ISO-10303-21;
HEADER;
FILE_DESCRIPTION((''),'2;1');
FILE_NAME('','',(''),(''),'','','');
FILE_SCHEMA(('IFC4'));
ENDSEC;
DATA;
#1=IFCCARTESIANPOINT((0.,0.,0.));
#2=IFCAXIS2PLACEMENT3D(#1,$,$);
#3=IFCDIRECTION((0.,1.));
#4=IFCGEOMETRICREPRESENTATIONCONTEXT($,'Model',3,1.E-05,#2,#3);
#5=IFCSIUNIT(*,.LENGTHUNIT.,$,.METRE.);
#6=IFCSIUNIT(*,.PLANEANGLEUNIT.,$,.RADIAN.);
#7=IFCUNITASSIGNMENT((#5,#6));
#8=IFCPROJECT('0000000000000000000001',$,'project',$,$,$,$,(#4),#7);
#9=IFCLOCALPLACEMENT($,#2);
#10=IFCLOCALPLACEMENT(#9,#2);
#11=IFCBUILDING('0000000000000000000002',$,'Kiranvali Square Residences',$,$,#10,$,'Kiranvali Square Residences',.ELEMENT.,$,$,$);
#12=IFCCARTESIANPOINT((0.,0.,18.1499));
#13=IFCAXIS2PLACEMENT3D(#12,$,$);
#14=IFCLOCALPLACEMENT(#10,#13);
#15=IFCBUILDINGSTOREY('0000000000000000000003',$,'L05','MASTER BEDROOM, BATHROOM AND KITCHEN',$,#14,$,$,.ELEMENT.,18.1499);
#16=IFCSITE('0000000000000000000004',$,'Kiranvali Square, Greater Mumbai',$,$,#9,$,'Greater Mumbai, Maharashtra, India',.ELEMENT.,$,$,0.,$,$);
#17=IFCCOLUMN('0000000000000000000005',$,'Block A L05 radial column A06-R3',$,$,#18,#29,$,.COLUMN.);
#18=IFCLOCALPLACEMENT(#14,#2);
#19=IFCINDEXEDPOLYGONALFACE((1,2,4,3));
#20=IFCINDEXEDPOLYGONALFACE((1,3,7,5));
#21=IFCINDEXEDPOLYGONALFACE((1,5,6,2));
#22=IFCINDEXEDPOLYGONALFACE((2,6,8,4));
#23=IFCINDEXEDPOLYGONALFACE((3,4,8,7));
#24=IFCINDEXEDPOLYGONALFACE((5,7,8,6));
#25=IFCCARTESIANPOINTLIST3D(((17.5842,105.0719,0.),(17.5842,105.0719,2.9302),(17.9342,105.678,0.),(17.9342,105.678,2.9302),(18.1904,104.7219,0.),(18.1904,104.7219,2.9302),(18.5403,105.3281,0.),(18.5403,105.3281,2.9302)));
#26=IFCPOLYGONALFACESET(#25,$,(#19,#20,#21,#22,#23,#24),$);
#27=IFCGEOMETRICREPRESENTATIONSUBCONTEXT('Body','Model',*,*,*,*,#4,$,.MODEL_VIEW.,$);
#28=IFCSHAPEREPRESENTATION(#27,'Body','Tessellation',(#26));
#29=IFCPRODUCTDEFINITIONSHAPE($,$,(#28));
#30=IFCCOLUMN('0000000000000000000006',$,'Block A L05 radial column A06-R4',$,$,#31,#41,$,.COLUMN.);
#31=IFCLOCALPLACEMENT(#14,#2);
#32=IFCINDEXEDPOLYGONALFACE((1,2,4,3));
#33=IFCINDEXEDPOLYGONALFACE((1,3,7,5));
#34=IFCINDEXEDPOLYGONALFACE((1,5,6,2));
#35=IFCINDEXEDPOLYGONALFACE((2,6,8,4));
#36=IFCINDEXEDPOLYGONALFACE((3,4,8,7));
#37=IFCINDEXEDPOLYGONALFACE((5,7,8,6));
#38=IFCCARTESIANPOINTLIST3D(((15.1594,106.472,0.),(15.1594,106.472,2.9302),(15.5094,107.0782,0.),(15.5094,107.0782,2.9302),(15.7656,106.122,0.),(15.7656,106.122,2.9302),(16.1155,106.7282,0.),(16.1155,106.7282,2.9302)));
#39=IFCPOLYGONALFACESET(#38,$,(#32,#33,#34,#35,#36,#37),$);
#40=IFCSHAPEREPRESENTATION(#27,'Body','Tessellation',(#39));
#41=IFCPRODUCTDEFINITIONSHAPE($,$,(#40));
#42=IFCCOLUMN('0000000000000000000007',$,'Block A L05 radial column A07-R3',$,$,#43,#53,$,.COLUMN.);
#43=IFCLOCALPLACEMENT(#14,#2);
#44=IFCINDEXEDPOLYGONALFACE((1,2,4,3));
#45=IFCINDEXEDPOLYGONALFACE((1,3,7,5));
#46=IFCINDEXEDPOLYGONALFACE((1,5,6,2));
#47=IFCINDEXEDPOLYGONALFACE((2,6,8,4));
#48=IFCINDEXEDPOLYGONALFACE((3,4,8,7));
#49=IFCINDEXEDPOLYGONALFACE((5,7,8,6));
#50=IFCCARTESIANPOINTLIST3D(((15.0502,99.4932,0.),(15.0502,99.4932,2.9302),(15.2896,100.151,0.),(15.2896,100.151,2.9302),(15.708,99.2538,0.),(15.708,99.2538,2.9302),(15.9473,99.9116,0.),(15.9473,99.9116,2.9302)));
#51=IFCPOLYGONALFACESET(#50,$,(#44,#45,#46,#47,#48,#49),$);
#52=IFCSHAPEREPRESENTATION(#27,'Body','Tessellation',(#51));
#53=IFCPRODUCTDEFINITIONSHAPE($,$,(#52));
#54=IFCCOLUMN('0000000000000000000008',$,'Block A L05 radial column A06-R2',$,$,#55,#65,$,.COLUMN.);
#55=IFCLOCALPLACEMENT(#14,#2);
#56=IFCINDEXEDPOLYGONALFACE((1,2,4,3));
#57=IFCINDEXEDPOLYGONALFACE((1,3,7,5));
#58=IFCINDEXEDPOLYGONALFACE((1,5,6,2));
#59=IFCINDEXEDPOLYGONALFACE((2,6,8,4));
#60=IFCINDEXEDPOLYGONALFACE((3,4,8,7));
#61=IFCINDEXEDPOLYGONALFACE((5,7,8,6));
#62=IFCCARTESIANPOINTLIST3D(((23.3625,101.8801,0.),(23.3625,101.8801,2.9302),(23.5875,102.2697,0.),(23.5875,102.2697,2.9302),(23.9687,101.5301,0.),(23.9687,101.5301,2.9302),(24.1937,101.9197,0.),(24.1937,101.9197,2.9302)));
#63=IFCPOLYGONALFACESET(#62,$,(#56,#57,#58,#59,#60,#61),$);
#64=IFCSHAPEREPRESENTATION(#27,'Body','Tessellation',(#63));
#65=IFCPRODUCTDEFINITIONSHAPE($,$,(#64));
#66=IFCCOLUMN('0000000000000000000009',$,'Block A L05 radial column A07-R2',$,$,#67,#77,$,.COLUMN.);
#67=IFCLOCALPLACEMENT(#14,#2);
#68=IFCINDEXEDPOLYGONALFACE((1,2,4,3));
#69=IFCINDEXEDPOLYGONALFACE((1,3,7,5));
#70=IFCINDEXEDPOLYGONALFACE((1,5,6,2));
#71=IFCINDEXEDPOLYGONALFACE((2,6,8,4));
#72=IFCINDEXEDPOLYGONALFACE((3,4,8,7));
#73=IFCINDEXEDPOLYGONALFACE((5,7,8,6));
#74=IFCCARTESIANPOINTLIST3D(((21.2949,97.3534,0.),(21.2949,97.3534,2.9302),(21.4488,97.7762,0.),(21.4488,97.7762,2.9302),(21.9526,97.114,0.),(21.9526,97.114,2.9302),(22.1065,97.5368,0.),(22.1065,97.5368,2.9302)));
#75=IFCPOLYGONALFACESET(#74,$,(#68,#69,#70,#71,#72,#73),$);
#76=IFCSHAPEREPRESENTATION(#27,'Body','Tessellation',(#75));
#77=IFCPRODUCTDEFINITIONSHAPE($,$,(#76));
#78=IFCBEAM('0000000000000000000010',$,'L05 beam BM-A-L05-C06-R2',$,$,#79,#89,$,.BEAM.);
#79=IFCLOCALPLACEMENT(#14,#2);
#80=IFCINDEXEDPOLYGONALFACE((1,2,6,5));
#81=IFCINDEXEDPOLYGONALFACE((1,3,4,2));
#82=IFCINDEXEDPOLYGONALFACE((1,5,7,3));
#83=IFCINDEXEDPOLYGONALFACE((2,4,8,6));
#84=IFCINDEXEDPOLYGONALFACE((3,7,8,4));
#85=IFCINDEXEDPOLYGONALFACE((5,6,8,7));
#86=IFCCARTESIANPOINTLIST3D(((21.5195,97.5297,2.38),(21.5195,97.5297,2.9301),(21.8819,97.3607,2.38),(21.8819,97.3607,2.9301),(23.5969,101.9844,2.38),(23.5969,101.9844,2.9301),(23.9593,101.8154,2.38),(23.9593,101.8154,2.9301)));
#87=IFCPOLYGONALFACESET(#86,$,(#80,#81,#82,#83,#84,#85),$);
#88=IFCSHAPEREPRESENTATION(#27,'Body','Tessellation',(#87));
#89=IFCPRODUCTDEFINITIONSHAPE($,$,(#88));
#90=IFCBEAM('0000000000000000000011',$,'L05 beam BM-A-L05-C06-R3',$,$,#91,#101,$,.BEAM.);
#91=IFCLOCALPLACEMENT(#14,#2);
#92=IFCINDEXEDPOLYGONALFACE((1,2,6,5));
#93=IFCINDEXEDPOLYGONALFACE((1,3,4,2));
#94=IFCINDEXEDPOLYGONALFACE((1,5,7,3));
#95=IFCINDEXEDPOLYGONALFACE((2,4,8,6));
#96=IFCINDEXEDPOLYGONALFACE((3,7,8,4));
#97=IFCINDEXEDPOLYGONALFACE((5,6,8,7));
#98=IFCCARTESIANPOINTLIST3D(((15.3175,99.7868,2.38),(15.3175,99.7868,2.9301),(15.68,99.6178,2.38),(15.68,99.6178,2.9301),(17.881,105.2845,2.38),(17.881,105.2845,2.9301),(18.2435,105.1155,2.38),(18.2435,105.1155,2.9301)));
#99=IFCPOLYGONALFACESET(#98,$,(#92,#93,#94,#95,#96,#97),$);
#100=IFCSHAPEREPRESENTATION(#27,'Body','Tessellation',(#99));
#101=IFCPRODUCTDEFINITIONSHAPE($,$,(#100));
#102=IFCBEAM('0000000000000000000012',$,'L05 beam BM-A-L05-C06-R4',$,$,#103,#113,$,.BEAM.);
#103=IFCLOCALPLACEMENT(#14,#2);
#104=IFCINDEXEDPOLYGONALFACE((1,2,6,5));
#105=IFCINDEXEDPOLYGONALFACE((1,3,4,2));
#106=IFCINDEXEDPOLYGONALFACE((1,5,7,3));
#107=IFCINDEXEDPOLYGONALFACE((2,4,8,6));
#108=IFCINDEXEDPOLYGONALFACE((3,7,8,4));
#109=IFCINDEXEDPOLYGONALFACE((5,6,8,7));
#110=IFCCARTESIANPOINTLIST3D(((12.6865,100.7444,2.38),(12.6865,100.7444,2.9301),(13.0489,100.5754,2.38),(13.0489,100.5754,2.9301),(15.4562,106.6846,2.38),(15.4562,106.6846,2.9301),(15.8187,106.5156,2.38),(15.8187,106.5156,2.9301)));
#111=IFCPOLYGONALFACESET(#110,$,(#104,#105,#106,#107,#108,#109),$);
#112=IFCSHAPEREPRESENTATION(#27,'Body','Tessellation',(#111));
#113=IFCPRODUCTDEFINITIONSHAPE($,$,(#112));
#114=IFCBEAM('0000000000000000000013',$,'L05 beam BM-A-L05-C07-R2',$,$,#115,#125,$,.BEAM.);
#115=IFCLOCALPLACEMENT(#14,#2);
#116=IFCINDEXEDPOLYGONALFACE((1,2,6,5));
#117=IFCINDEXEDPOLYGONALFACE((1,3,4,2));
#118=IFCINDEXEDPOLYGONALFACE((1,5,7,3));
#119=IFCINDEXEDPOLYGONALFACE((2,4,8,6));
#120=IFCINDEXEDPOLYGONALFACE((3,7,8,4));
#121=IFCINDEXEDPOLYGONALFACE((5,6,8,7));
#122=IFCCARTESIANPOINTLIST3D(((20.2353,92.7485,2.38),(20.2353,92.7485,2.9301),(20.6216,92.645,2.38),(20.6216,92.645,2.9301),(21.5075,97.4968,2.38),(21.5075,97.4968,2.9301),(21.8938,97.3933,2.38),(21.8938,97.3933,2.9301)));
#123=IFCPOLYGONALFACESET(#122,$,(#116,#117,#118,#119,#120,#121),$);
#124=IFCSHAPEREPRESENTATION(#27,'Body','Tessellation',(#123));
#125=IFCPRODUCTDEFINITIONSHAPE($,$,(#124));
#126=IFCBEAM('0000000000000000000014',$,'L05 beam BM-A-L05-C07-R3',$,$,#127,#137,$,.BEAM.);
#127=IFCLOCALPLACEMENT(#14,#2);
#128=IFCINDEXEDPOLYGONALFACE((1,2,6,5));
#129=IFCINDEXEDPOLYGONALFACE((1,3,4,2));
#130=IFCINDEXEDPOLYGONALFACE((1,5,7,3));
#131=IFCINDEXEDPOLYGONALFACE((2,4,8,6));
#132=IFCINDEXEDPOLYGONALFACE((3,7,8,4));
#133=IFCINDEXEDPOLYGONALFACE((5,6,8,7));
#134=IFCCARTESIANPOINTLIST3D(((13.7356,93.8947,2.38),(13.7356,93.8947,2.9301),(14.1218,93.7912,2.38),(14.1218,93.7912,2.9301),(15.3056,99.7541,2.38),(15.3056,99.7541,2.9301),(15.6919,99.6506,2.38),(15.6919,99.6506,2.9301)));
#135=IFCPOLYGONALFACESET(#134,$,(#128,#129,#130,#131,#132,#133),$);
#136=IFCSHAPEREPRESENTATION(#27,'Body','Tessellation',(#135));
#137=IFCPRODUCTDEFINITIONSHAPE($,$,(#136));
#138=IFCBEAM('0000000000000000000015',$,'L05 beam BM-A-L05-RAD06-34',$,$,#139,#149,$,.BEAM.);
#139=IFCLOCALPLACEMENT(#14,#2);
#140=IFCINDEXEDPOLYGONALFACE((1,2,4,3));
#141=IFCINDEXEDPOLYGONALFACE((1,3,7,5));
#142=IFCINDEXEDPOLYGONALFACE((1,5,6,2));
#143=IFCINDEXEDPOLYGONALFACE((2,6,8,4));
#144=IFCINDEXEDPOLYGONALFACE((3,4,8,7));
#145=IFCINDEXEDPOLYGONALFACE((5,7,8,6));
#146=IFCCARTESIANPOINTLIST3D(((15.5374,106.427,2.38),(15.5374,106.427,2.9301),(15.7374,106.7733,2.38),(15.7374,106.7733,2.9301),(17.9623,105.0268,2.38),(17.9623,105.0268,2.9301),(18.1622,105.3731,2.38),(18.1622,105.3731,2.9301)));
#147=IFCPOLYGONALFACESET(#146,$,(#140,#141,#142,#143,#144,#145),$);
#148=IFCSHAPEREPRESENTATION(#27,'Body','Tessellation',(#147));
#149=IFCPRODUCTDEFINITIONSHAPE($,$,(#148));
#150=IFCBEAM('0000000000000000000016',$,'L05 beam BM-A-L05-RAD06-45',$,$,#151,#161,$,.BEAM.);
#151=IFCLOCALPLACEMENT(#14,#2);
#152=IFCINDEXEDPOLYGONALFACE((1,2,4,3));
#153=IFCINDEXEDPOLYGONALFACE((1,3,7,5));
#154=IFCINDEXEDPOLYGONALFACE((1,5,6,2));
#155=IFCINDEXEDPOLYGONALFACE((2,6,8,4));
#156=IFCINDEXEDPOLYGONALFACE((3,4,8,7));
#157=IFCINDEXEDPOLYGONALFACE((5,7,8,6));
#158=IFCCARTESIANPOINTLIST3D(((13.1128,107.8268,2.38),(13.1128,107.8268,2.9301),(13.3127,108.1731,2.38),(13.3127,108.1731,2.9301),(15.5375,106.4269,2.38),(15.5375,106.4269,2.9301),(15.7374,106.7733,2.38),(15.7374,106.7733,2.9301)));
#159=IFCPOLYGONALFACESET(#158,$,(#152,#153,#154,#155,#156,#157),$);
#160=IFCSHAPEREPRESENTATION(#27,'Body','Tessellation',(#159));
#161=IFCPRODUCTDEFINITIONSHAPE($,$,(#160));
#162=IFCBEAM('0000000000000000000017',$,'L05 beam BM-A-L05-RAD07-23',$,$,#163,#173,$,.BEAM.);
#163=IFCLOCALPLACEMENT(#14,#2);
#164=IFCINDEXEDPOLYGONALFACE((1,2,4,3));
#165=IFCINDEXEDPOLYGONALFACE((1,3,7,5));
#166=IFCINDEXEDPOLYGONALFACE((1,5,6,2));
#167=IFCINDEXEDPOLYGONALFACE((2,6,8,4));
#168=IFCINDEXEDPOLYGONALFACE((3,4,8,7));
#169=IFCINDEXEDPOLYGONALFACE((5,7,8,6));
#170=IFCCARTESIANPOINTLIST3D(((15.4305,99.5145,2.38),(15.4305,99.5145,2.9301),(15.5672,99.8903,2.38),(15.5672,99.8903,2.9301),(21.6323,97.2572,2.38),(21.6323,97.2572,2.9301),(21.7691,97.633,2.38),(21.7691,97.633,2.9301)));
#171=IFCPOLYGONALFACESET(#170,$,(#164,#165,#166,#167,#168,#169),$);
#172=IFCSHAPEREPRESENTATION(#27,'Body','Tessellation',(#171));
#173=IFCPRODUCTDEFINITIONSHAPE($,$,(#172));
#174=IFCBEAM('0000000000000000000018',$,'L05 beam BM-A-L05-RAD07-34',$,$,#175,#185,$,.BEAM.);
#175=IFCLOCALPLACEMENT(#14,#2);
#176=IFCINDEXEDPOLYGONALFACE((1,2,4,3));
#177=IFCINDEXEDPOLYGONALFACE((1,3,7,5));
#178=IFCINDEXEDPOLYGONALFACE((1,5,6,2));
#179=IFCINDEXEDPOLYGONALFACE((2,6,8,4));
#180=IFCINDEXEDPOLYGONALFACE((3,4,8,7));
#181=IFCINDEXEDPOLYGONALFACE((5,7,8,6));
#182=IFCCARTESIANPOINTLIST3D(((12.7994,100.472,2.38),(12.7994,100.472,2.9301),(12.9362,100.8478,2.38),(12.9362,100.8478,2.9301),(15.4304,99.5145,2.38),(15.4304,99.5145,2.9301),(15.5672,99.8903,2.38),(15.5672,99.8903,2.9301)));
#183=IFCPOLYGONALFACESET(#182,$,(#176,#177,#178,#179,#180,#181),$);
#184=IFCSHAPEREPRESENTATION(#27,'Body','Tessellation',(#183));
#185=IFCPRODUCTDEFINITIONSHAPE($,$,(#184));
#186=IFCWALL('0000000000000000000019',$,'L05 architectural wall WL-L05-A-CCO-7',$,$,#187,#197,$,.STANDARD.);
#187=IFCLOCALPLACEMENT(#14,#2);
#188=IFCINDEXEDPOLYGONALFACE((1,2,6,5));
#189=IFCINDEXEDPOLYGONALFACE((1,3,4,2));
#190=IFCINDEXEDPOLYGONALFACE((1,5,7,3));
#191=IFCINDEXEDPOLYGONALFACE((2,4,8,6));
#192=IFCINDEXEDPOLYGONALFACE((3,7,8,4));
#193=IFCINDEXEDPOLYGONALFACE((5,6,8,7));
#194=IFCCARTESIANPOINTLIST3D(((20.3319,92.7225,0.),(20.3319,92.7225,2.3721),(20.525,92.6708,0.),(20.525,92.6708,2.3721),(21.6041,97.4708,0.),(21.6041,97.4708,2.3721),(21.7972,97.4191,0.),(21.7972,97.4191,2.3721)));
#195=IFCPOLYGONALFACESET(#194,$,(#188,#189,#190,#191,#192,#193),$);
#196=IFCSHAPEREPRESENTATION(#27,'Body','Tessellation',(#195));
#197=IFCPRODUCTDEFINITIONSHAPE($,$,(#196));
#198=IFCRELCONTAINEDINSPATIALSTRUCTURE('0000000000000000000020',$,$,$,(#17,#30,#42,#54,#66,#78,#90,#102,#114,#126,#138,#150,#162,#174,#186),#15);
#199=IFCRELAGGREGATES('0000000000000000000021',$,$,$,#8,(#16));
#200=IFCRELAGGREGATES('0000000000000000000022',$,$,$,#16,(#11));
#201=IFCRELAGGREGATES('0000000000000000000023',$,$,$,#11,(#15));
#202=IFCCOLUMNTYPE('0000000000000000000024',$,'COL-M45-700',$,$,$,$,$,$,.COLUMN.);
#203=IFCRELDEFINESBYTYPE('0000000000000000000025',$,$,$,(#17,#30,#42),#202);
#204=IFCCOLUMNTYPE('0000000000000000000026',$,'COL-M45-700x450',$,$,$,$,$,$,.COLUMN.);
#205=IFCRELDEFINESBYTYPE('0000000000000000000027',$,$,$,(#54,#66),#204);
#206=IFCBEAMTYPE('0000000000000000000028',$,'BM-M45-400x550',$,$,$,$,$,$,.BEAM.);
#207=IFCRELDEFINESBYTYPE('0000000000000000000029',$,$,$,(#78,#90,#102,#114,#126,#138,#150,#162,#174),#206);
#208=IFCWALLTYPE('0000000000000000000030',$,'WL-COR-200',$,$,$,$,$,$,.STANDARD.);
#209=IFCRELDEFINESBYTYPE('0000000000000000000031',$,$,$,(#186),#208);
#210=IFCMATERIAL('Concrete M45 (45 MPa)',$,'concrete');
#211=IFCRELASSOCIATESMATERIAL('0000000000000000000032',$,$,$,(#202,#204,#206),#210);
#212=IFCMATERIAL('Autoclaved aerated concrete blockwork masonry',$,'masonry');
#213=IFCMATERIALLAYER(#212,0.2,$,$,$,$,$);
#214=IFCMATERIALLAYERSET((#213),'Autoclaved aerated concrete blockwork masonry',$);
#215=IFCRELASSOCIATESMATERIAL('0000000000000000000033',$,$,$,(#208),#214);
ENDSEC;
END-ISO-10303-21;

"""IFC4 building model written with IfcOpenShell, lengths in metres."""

from ifc_helpers import new_model, si_unit, direction, frame, frame_2d, origin, origin_2d, place, context, subcontext, project, spatial, rectangle, extrude, material, layer, layer_set, material_profile, profile_set, type_object, element, save


model = new_model("IFC4")

# Units and contexts
model_context = context("Model", 3, precision=1e-05, world=origin(), true_north=direction((0.0, 1.0)))
body_context = subcontext(model_context, "Body", "Model", "MODEL_VIEW")
ifc_project = project(units=[si_unit("LENGTHUNIT", "METRE"), si_unit("PLANEANGLEUNIT", "RADIAN")], contexts=[model_context])

# Site, building, storey
site_placement = place(None, origin())
site = spatial("IfcSite", under=ifc_project, at=site_placement, Name="Kiranvali Square, Greater Mumbai", LongName="Greater Mumbai, Maharashtra, India", CompositionType="ELEMENT", RefElevation=0.0)
building_placement = place(site_placement, origin())
building = spatial("IfcBuilding", under=site, at=building_placement, Name="Kiranvali Square Residences", LongName="Kiranvali Square Residences", CompositionType="ELEMENT")
storey_placement = place(building_placement, frame((0.0, 0.0, 18.1499)))
storey = spatial("IfcBuildingStorey", under=building, at=storey_placement, Name="L05", Description="MASTER BEDROOM, BATHROOM AND KITCHEN", CompositionType="ELEMENT", Elevation=18.1499)

# Columns
ifc_material_1 = material(Name="Concrete M45 (45 MPa)", Category="concrete")
ifc_material_profile_1 = material_profile(ifc_material_1, rectangle(XDim=0.7, YDim=0.7, at=origin_2d()), Name="RC 700x700")
ifc_profile_set_1 = profile_set([ifc_material_profile_1], Name="Concrete M45 (45 MPa)")
column_type_1 = type_object("IfcColumnType", Name="COL-M45-700", PredefinedType="COLUMN", material=ifc_profile_set_1)
for number, where, z_axis, x_axis, name in (
    (1, (18.0623, 105.2, 0.0), (0.0, 0.0, 1.0), (0.5, 0.866025, 0.0), "Block A L05 radial column A06-R3"),
    (2, (15.6375, 106.6001, 0.0), (0.0, 0.0, 1.0), (0.5, 0.866025, 0.0), "Block A L05 radial column A06-R4"),
    (3, (15.4988, 99.7024, 0.0), (0.0, 0.0, 1.0), (0.34202, 0.939693, 0.0), "Block A L05 radial column A07-R3"),
):
    element("IfcColumn", number, at=place(storey_placement, frame(where, z_axis=z_axis, x_axis=x_axis)), inside=storey, type_object=column_type_1, Name=name, PredefinedType="COLUMN", context=body_context, shape_type="SweptSolid", body=[
        extrude(rectangle(XDim=0.7, YDim=0.7, at=origin_2d()), origin(), (0.0, 0.0, 1.0), 2.9302),
    ])
ifc_material_profile_2 = material_profile(ifc_material_1, rectangle(XDim=0.45, YDim=0.7, at=origin_2d()), Name="RC 700x450")
ifc_profile_set_2 = profile_set([ifc_material_profile_2], Name="Concrete M45 (45 MPa)")
column_type_2 = type_object("IfcColumnType", Name="COL-M45-700x450", PredefinedType="COLUMN", material=ifc_profile_set_2)
for number, where, z_axis, x_axis, name in (
    (4, (23.7781, 101.8999, 0.0), (0.0, 0.0, 1.0), (0.5, 0.866025, 0.0), "Block A L05 radial column A06-R2"),
    (5, (21.7007, 97.4451, 0.0), (0.0, 0.0, 1.0), (0.34202, 0.939693, 0.0), "Block A L05 radial column A07-R2"),
):
    element("IfcColumn", number, at=place(storey_placement, frame(where, z_axis=z_axis, x_axis=x_axis)), inside=storey, type_object=column_type_2, Name=name, PredefinedType="COLUMN", context=body_context, shape_type="SweptSolid", body=[
        extrude(rectangle(XDim=0.45, YDim=0.7, at=origin_2d()), origin(), (0.0, 0.0, 1.0), 2.9302),
    ])

# Beams
ifc_material_profile_3 = material_profile(ifc_material_1, rectangle(XDim=0.3999, YDim=0.55, at=origin_2d()), Name="RC 400x550")
ifc_profile_set_3 = profile_set([ifc_material_profile_3], Name="Concrete M45 (45 MPa)")
beam_type = type_object("IfcBeamType", Name="BM-M45-400x550", PredefinedType="BEAM", material=ifc_profile_set_3)
beam_1_placement = place(storey_placement, frame((23.7781, 101.8999, 2.655), z_axis=(-0.42263, -0.906302, 0.0), x_axis=(0.906302, -0.42263, 0.0)))
element("IfcBeam", 6, at=beam_1_placement, inside=storey, type_object=beam_type, Name="L05 beam BM-A-L05-C06-R2", PredefinedType="BEAM", context=body_context, shape_type="SweptSolid", body=[
    extrude(rectangle(XDim=0.3999, YDim=0.55, at=origin_2d()), origin(), (0.0, 0.0, 1.0), 4.9153),
])
beam_2_placement = place(storey_placement, frame((18.0623, 105.2, 2.655), z_axis=(-0.422608, -0.906313, 0.0), x_axis=(0.906313, -0.422608, 0.0)))
element("IfcBeam", 7, at=beam_2_placement, inside=storey, type_object=beam_type, Name="L05 beam BM-A-L05-C06-R3", PredefinedType="BEAM", context=body_context, shape_type="SweptSolid", body=[
    extrude(rectangle(XDim=0.3999, YDim=0.55, at=origin_2d()), origin(), (0.0, 0.0, 1.0), 6.0659),
])
beam_3_placement = place(storey_placement, frame((15.6375, 106.6001, 2.655), z_axis=(-0.422596, -0.906318, 0.0), x_axis=(0.906318, -0.422596, 0.0)))
element("IfcBeam", 8, at=beam_3_placement, inside=storey, type_object=beam_type, Name="L05 beam BM-A-L05-C06-R4", PredefinedType="BEAM", context=body_context, shape_type="SweptSolid", body=[
    extrude(rectangle(XDim=0.3999, YDim=0.55, at=origin_2d()), origin(), (0.0, 0.0, 1.0), 6.5542),
])
beam_4_placement = place(storey_placement, frame((21.7007, 97.4451, 2.655), z_axis=(-0.258803, -0.96593, 0.0), x_axis=(0.96593, -0.258803, 0.0)))
element("IfcBeam", 9, at=beam_4_placement, inside=storey, type_object=beam_type, Name="L05 beam BM-A-L05-C07-R2", PredefinedType="BEAM", context=body_context, shape_type="SweptSolid", body=[
    extrude(rectangle(XDim=0.3999, YDim=0.55, at=origin_2d()), origin(), (0.0, 0.0, 1.0), 4.9158),
])
beam_5_placement = place(storey_placement, frame((15.4988, 99.7024, 2.655), z_axis=(-0.258827, -0.965924, 0.0), x_axis=(0.965924, -0.258827, 0.0)))
element("IfcBeam", 10, at=beam_5_placement, inside=storey, type_object=beam_type, Name="L05 beam BM-A-L05-C07-R3", PredefinedType="BEAM", context=body_context, shape_type="SweptSolid", body=[
    extrude(rectangle(XDim=0.3999, YDim=0.55, at=origin_2d()), origin(), (0.0, 0.0, 1.0), 6.0662),
])
beam_6_placement = place(storey_placement, frame((18.0623, 105.2, 2.655), z_axis=(-0.865997, 0.50005, 0.0), x_axis=(-0.50005, -0.865997, 0.0)))
element("IfcBeam", 11, at=beam_6_placement, inside=storey, type_object=beam_type, Name="L05 beam BM-A-L05-RAD06-34", PredefinedType="BEAM", context=body_context, shape_type="SweptSolid", body=[
    extrude(rectangle(XDim=0.3999, YDim=0.55, at=origin_2d()), origin(), (0.0, 0.0, 1.0), 2.8),
])
beam_7_placement = place(storey_placement, frame((15.6375, 106.6001, 2.655), z_axis=(-0.866035, 0.499984, 0.0), x_axis=(-0.499984, -0.866035, 0.0)))
element("IfcBeam", 12, at=beam_7_placement, inside=storey, type_object=beam_type, Name="L05 beam BM-A-L05-RAD06-45", PredefinedType="BEAM", context=body_context, shape_type="SweptSolid", body=[
    extrude(rectangle(XDim=0.3999, YDim=0.55, at=origin_2d()), origin(), (0.0, 0.0, 1.0), 2.7998),
])
beam_8_placement = place(storey_placement, frame((21.7007, 97.4451, 2.655), z_axis=(-0.939692, 0.342022, 0.0), x_axis=(-0.342022, -0.939692, 0.0)))
element("IfcBeam", 13, at=beam_8_placement, inside=storey, type_object=beam_type, Name="L05 beam BM-A-L05-RAD07-23", PredefinedType="BEAM", context=body_context, shape_type="SweptSolid", body=[
    extrude(rectangle(XDim=0.3999, YDim=0.55, at=origin_2d()), origin(), (0.0, 0.0, 1.0), 6.5999),
])
beam_9_placement = place(storey_placement, frame((15.4988, 99.7024, 2.655), z_axis=(-0.939707, 0.341981, 0.0), x_axis=(-0.341981, -0.939707, 0.0)))
element("IfcBeam", 14, at=beam_9_placement, inside=storey, type_object=beam_type, Name="L05 beam BM-A-L05-RAD07-34", PredefinedType="BEAM", context=body_context, shape_type="SweptSolid", body=[
    extrude(rectangle(XDim=0.3999, YDim=0.55, at=origin_2d()), origin(), (0.0, 0.0, 1.0), 2.7998),
])

# Wall
ifc_material_2 = material(Name="Autoclaved aerated concrete blockwork masonry", Category="masonry")
ifc_layer_1 = layer(ifc_material_2, 0.2)
ifc_layer_set_1 = layer_set([ifc_layer_1], Name="Autoclaved aerated concrete blockwork masonry")
wall_type_1 = type_object("IfcWallType", Name="WL-COR-200", PredefinedType="STANDARD", material=ifc_layer_set_1)
wall_1_placement = place(storey_placement, frame((21.7007, 97.4451, 0.0), z_axis=(0.0, 0.0, 1.0), x_axis=(-0.258803, -0.96593, 0.0)))
element("IfcWall", 15, at=wall_1_placement, inside=storey, type_object=wall_type_1, Name="L05 architectural wall WL-L05-A-CCO-7", PredefinedType="STANDARD", context=body_context, shape_type="SweptSolid", body=[
    extrude(rectangle(XDim=4.9158, YDim=0.2, at=frame_2d((2.458, 0.0))), origin(), (0.0, 0.0, 1.0), 2.3721),
])

save(model, "model.ifc")
